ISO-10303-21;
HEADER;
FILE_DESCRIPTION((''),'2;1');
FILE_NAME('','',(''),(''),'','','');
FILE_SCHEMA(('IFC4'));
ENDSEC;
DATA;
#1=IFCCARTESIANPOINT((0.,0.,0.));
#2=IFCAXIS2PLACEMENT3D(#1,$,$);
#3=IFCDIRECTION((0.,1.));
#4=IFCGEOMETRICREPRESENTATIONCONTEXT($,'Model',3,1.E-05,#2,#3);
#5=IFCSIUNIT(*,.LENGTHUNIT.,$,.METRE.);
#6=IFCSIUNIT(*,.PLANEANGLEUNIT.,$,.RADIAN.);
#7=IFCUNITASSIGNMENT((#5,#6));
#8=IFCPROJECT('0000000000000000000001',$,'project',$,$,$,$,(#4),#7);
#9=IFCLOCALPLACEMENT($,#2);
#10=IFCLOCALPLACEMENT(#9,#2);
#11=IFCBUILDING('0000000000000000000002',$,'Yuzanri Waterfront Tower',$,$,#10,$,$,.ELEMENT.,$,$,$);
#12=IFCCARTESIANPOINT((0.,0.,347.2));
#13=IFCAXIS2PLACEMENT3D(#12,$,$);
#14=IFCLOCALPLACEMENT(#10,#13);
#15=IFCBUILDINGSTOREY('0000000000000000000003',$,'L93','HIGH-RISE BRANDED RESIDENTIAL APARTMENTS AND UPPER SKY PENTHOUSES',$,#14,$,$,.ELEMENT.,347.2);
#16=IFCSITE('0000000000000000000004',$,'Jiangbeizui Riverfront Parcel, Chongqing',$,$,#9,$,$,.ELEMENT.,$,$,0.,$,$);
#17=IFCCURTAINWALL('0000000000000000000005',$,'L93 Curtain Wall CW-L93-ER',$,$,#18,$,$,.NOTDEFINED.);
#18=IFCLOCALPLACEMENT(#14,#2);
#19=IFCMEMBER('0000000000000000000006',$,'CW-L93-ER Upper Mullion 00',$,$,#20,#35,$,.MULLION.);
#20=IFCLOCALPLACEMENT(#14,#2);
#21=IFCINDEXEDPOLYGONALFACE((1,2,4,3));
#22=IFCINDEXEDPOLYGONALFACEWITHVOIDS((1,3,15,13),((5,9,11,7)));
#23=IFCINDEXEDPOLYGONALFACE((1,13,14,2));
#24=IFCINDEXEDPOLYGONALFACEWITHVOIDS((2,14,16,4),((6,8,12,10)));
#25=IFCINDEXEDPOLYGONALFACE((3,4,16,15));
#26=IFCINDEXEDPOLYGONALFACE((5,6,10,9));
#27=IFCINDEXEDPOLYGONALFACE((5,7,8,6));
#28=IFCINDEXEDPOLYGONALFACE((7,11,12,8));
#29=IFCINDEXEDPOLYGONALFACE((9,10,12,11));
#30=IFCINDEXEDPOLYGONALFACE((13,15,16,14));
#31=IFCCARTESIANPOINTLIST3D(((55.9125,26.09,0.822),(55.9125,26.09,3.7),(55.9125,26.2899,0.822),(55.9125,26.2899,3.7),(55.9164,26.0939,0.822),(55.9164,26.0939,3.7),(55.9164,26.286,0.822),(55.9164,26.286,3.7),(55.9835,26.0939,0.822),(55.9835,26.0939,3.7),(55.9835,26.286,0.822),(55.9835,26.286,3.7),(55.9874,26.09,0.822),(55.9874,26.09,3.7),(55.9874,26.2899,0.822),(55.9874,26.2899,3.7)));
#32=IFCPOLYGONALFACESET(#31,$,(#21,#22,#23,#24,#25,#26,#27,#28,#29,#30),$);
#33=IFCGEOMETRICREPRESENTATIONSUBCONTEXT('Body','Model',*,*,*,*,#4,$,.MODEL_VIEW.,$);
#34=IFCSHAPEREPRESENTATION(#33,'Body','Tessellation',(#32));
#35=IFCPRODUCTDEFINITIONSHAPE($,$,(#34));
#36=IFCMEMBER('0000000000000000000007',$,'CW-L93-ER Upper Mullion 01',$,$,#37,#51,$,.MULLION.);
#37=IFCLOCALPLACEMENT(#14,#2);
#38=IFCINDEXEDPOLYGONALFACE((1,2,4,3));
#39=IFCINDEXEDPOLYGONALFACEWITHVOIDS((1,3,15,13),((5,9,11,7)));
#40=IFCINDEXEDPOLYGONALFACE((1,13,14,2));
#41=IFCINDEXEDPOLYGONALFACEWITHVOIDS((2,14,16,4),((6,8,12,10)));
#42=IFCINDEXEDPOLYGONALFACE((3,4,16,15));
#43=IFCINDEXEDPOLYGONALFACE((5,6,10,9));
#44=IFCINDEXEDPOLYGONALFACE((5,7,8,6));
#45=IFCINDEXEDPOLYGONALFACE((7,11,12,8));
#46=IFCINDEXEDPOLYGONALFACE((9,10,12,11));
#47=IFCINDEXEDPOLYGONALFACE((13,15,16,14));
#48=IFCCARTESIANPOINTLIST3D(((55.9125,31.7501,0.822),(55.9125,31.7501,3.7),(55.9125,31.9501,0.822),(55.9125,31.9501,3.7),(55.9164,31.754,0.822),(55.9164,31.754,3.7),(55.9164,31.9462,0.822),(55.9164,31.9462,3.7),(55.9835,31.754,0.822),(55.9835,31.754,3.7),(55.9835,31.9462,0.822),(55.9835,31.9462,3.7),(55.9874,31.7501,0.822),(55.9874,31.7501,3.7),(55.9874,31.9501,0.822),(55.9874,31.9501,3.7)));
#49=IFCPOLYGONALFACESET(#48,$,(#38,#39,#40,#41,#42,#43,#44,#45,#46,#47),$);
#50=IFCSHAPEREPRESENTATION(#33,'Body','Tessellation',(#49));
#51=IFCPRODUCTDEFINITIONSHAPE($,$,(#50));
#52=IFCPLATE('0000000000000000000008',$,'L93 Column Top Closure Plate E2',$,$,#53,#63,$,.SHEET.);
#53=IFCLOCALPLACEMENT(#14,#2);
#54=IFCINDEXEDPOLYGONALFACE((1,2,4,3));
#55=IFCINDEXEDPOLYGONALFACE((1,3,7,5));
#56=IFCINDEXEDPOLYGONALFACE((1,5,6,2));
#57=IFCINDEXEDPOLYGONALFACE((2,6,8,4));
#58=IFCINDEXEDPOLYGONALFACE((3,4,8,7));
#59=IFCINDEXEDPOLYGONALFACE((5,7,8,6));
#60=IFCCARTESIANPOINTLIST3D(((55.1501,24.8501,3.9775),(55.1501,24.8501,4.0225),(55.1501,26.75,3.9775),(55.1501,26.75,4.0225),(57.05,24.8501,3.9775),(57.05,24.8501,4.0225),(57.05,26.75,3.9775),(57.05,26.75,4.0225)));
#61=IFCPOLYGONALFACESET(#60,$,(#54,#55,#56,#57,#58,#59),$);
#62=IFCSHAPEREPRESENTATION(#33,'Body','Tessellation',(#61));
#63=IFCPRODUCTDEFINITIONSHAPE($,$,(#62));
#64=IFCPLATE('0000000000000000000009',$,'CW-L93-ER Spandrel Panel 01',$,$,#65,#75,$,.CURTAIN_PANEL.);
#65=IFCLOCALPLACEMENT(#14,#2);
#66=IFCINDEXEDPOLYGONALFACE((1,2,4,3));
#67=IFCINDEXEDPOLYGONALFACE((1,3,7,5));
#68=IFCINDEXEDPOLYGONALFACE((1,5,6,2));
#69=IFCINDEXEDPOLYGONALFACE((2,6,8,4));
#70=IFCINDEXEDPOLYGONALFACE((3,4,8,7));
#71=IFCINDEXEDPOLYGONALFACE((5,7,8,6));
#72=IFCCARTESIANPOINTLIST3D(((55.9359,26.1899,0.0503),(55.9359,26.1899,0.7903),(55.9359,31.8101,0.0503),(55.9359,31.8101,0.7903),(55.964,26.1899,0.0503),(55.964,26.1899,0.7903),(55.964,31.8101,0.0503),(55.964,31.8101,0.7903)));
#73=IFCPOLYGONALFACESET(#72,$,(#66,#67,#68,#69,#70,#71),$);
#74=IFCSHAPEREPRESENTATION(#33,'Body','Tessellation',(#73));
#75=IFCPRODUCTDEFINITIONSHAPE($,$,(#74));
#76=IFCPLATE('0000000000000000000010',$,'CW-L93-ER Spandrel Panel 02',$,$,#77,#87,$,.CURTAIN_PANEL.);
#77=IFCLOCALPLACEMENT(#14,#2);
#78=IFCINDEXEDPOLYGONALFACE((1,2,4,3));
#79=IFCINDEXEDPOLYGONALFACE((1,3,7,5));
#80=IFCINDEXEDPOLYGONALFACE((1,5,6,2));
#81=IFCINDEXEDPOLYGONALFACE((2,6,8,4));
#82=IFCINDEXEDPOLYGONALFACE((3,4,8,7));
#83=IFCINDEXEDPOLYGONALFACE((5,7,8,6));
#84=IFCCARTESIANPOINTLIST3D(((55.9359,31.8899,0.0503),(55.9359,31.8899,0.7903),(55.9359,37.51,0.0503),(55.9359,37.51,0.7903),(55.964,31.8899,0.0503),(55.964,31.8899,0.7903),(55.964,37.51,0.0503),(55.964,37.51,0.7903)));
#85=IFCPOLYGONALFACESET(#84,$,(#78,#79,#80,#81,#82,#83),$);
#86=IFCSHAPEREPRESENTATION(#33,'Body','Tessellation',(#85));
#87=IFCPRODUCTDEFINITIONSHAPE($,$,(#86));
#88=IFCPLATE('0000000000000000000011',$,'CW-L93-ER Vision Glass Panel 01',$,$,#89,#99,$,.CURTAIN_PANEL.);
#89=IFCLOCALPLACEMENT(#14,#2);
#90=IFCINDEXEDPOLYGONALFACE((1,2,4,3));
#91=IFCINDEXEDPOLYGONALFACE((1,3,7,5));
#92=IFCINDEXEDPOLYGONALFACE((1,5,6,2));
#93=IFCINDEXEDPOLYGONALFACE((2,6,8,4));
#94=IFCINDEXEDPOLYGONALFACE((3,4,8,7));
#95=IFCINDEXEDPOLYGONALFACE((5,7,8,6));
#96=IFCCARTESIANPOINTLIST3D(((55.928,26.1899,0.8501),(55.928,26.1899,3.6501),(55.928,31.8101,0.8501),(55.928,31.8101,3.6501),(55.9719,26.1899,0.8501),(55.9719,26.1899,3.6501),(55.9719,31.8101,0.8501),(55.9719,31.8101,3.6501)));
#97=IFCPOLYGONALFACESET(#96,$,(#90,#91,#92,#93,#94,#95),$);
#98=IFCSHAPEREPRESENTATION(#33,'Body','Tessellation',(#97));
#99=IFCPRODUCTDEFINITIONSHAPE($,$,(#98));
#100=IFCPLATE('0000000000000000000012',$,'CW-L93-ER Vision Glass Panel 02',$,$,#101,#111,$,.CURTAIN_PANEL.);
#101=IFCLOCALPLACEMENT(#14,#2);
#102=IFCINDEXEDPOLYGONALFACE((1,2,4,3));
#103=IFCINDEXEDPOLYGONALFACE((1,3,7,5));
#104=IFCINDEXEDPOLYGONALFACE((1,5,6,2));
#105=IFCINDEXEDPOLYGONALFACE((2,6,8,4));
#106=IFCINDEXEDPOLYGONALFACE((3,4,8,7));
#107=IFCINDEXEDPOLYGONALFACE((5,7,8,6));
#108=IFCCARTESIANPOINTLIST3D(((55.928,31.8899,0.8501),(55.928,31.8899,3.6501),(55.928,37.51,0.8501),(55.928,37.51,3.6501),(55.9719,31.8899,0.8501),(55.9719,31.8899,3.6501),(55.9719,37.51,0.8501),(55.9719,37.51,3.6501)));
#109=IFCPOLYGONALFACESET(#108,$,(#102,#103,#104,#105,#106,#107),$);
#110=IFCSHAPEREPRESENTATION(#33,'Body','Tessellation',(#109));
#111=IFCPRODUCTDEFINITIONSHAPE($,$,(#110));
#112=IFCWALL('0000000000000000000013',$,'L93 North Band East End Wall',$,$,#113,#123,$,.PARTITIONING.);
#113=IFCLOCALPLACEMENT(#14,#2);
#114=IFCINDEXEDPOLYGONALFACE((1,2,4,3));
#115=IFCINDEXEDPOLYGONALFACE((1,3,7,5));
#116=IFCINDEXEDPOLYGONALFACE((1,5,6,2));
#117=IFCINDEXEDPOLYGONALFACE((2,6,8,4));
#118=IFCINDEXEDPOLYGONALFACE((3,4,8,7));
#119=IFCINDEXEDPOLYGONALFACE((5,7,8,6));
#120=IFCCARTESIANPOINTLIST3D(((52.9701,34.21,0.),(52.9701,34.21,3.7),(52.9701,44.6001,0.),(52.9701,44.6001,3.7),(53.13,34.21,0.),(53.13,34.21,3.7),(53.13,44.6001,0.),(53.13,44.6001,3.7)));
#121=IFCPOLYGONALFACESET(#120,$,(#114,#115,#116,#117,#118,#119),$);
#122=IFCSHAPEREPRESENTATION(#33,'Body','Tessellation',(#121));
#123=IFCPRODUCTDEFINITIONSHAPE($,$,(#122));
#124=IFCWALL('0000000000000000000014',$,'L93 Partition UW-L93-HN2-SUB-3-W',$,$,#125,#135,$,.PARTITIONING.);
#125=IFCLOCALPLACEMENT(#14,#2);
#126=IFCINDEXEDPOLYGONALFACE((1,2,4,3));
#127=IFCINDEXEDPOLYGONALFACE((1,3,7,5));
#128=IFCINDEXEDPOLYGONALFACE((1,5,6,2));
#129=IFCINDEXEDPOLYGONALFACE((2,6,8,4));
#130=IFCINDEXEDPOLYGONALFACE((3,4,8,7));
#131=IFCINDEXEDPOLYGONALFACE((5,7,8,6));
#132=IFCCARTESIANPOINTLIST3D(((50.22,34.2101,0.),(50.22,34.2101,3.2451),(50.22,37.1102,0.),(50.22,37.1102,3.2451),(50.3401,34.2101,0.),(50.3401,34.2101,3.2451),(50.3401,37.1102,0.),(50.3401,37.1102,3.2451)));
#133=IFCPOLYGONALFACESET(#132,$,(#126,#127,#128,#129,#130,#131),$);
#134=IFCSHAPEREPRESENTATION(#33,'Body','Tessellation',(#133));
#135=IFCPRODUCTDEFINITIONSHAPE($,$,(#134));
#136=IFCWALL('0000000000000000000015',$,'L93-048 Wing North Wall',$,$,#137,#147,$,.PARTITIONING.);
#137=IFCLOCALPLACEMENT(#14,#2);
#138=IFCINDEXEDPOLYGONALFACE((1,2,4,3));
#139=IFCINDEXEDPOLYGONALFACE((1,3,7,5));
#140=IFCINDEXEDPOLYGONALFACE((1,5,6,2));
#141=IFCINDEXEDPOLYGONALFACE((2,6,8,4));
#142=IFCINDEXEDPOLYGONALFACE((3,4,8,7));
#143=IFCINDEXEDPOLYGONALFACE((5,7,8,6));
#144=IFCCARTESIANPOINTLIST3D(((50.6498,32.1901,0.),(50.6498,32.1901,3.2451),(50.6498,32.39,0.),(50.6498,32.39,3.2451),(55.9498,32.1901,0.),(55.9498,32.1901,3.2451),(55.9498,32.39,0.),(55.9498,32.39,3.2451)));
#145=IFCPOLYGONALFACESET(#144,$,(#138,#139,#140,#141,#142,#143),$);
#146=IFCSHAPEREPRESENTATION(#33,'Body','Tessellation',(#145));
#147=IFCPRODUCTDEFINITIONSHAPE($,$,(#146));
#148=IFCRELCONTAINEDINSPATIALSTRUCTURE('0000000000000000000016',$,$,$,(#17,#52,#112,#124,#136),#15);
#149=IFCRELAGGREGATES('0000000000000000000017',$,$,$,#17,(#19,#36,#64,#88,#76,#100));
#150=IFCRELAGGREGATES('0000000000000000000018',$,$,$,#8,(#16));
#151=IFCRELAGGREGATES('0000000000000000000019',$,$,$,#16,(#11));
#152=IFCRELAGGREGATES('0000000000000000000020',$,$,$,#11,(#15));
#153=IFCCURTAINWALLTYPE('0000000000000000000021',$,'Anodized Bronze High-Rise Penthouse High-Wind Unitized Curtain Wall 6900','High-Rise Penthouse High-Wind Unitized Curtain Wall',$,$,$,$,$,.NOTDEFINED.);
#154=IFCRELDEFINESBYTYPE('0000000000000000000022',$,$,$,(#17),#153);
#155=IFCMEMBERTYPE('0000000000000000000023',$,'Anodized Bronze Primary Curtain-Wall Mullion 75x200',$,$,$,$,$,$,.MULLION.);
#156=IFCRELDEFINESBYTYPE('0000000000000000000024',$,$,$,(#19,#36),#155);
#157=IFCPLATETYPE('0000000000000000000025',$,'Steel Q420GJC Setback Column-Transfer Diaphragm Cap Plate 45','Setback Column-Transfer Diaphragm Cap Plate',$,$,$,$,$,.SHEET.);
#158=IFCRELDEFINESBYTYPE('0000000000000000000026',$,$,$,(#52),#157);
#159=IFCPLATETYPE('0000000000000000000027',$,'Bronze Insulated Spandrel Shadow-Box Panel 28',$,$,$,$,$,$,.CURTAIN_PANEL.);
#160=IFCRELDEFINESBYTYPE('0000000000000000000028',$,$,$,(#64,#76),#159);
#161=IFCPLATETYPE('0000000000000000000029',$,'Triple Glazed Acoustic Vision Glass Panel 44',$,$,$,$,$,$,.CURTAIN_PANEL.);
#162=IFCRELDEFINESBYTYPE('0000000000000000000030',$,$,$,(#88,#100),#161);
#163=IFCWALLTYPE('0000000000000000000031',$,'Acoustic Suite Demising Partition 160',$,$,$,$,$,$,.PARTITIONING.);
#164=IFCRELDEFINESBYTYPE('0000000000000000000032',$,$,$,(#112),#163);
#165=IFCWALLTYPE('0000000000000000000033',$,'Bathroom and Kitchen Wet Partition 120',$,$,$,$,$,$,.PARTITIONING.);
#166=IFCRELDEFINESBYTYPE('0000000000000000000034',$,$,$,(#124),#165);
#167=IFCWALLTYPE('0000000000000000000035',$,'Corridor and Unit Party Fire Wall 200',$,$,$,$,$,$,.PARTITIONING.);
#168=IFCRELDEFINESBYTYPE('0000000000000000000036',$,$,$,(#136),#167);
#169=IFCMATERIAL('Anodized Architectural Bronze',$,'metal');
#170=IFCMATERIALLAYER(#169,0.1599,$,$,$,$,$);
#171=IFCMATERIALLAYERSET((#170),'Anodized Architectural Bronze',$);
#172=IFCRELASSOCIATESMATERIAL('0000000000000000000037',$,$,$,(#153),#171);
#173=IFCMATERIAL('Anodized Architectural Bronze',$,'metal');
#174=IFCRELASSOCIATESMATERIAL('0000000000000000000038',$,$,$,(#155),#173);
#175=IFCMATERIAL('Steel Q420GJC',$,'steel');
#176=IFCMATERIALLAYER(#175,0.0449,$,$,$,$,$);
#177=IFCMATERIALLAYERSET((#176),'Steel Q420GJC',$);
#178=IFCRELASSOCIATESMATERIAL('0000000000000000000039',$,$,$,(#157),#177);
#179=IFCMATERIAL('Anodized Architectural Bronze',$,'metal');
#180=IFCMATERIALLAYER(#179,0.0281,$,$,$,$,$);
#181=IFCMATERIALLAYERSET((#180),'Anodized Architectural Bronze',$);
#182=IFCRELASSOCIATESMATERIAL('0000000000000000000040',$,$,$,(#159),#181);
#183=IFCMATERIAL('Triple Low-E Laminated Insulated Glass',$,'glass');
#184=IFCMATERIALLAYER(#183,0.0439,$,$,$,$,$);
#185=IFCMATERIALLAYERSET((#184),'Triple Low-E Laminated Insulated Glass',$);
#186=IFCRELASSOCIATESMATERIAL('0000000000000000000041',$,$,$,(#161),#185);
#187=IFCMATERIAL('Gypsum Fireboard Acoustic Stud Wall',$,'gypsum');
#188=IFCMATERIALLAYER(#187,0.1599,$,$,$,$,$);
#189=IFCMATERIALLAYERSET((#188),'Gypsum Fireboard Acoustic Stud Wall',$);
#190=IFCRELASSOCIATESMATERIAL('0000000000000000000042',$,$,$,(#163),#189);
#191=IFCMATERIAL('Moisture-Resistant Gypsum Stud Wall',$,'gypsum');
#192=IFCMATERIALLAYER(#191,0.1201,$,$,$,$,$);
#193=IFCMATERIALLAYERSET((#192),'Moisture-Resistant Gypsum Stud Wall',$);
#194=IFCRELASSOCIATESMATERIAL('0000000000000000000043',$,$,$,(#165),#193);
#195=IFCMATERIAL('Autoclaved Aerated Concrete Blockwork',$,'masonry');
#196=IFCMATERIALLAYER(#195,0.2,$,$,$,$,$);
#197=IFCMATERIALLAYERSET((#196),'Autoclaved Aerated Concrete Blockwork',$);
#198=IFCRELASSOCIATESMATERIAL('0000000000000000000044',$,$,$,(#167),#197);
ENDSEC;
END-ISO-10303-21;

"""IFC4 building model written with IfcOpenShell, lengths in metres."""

from ifc_helpers import new_model, si_unit, direction, frame, frame_2d, origin, origin_2d, place, context, subcontext, project, spatial, rectangle, hollow_rectangle, extrude, source, transform, mapped, material, layer, layer_set, material_profile, profile_set, type_object, element, aggregate, save


model = new_model("IFC4")

# Units and contexts
model_context = context("Model", 3, precision=1e-05, world=origin(), true_north=direction((0.0, 1.0)))
body_context = subcontext(model_context, "Body", "Model", "MODEL_VIEW")
ifc_project = project(units=[si_unit("LENGTHUNIT", "METRE"), si_unit("PLANEANGLEUNIT", "RADIAN")], contexts=[model_context])

# Site, building, storey
site_placement = place(None, origin())
site = spatial("IfcSite", under=ifc_project, at=site_placement, Name="Jiangbeizui Riverfront Parcel, Chongqing", CompositionType="ELEMENT", RefElevation=0.0)
building_placement = place(site_placement, origin())
building = spatial("IfcBuilding", under=site, at=building_placement, Name="Yuzanri Waterfront Tower", CompositionType="ELEMENT")
storey_placement = place(building_placement, frame((0.0, 0.0, 347.2)))
storey = spatial("IfcBuildingStorey", under=building, at=storey_placement, Name="L93", Description="HIGH-RISE BRANDED RESIDENTIAL APARTMENTS AND UPPER SKY PENTHOUSES", CompositionType="ELEMENT", Elevation=347.2)

# Curtain wall
ifc_material_1 = material(Name="Anodized Architectural Bronze", Category="metal")
ifc_layer_1 = layer(ifc_material_1, 0.1599)
ifc_layer_set_1 = layer_set([ifc_layer_1], Name="Anodized Architectural Bronze")
curtain_wall_type = type_object("IfcCurtainWallType", Name="Anodized Bronze High-Rise Penthouse High-Wind Unitized Curtain Wall 6900", Description="High-Rise Penthouse High-Wind Unitized Curtain Wall", PredefinedType="NOTDEFINED", material=ifc_layer_set_1)
curtain_wall_1_placement = place(storey_placement, origin())
curtain_wall_1 = element("IfcCurtainWall", 1, at=curtain_wall_1_placement, inside=storey, type_object=curtain_wall_type, Name="L93 Curtain Wall CW-L93-ER", PredefinedType="NOTDEFINED")
ifc_material_2 = material(Name="Anodized Architectural Bronze", Category="metal")
ifc_material_profile_1 = material_profile(ifc_material_2, hollow_rectangle(XDim=0.075, YDim=0.2, WallThickness=0.0039, at=origin_2d()), Name="CWM 75x200")
ifc_profile_set_1 = profile_set([ifc_material_profile_1], Name="Anodized Architectural Bronze")
member_type_1 = type_object("IfcMemberType", Name="Anodized Bronze Primary Curtain-Wall Mullion 75x200", PredefinedType="MULLION", material=ifc_profile_set_1)

# Shared definitions
shared_shape_1 = source(origin(), body_context, "Body", "SweptSolid", [
    extrude(hollow_rectangle(XDim=0.075, YDim=0.2, WallThickness=0.0039, at=origin_2d()), origin(), (0.0, 0.0, 1.0), 2.8779),
])

# Members
member_1_placement = place(storey_placement, frame((55.95, 26.1899, 0.822), z_axis=(0.0, 0.0, 1.0), x_axis=(1.0, 0.0, 0.0)))
member_1 = element("IfcMember", 2, at=member_1_placement, type_object=member_type_1, Name="CW-L93-ER Upper Mullion 00", PredefinedType="MULLION", context=body_context, shape_type="MappedRepresentation", body=[
    mapped(shared_shape_1, transform((0.0, 0.0, 0.0), scale=1.0)),
])
member_2_placement = place(storey_placement, frame((55.95, 31.8501, 0.822), z_axis=(0.0, 0.0, 1.0), x_axis=(1.0, 0.0, 0.0)))
member_2 = element("IfcMember", 3, at=member_2_placement, type_object=member_type_1, Name="CW-L93-ER Upper Mullion 01", PredefinedType="MULLION", context=body_context, shape_type="MappedRepresentation", body=[
    mapped(shared_shape_1, transform((0.0, 0.0, 0.0), scale=1.0)),
])

# Plates
ifc_material_3 = material(Name="Steel Q420GJC", Category="steel")
ifc_layer_2 = layer(ifc_material_3, 0.0449)
ifc_layer_set_2 = layer_set([ifc_layer_2], Name="Steel Q420GJC")
plate_type_1 = type_object("IfcPlateType", Name="Steel Q420GJC Setback Column-Transfer Diaphragm Cap Plate 45", Description="Setback Column-Transfer Diaphragm Cap Plate", PredefinedType="SHEET", material=ifc_layer_set_2)
shared_shape_2 = source(origin(), body_context, "Body", "SweptSolid", [
    extrude(rectangle(XDim=1.8999, YDim=1.8999, at=origin_2d()), origin(), (0.0, 0.0, 1.0), 0.0449),
])
plate_1_placement = place(storey_placement, frame((56.1001, 25.8, 3.9775), z_axis=(0.0, 0.0, 1.0), x_axis=(1.0, 0.0, 0.0)))
element("IfcPlate", 4, at=plate_1_placement, inside=storey, type_object=plate_type_1, Name="L93 Column Top Closure Plate E2", PredefinedType="SHEET", context=body_context, shape_type="MappedRepresentation", body=[
    mapped(shared_shape_2, transform((0.0, 0.0, 0.0), scale=1.0)),
])
ifc_material_4 = material(Name="Anodized Architectural Bronze", Category="metal")
ifc_layer_3 = layer(ifc_material_4, 0.0281)
ifc_layer_set_3 = layer_set([ifc_layer_3], Name="Anodized Architectural Bronze")
plate_type_2 = type_object("IfcPlateType", Name="Bronze Insulated Spandrel Shadow-Box Panel 28", PredefinedType="CURTAIN_PANEL", material=ifc_layer_set_3)
shared_shape_3 = source(origin(), body_context, "Body", "SweptSolid", [
    extrude(rectangle(XDim=5.6201, YDim=0.0281, at=origin_2d()), origin(), (0.0, 0.0, 1.0), 0.74),
])
plate_2_placement = place(storey_placement, frame((55.95, 29.0, 0.0503), z_axis=(0.0, 0.0, 1.0), x_axis=(0.0, 1.0, 0.0)))
plate_2 = element("IfcPlate", 5, at=plate_2_placement, type_object=plate_type_2, Name="CW-L93-ER Spandrel Panel 01", PredefinedType="CURTAIN_PANEL", context=body_context, shape_type="MappedRepresentation", body=[
    mapped(shared_shape_3, transform((0.0, 0.0, 0.0), scale=1.0)),
])
plate_3_placement = place(storey_placement, frame((55.95, 34.7, 0.0503), z_axis=(0.0, 0.0, 1.0), x_axis=(0.0, 1.0, 0.0)))
plate_3 = element("IfcPlate", 6, at=plate_3_placement, type_object=plate_type_2, Name="CW-L93-ER Spandrel Panel 02", PredefinedType="CURTAIN_PANEL", context=body_context, shape_type="MappedRepresentation", body=[
    mapped(shared_shape_3, transform((0.0, 0.0, 0.0), scale=1.0)),
])
ifc_material_5 = material(Name="Triple Low-E Laminated Insulated Glass", Category="glass")
ifc_layer_4 = layer(ifc_material_5, 0.0439)
ifc_layer_set_4 = layer_set([ifc_layer_4], Name="Triple Low-E Laminated Insulated Glass")
plate_type_3 = type_object("IfcPlateType", Name="Triple Glazed Acoustic Vision Glass Panel 44", PredefinedType="CURTAIN_PANEL", material=ifc_layer_set_4)
shared_shape_4 = source(origin(), body_context, "Body", "SweptSolid", [
    extrude(rectangle(XDim=5.6201, YDim=0.0439, at=origin_2d()), origin(), (0.0, 0.0, 1.0), 2.8),
])
plate_4_placement = place(storey_placement, frame((55.95, 29.0, 0.8501), z_axis=(0.0, 0.0, 1.0), x_axis=(0.0, 1.0, 0.0)))
plate_4 = element("IfcPlate", 7, at=plate_4_placement, type_object=plate_type_3, Name="CW-L93-ER Vision Glass Panel 01", PredefinedType="CURTAIN_PANEL", context=body_context, shape_type="MappedRepresentation", body=[
    mapped(shared_shape_4, transform((0.0, 0.0, 0.0), scale=1.0)),
])
plate_5_placement = place(storey_placement, frame((55.95, 34.7, 0.8501), z_axis=(0.0, 0.0, 1.0), x_axis=(0.0, 1.0, 0.0)))
plate_5 = element("IfcPlate", 8, at=plate_5_placement, type_object=plate_type_3, Name="CW-L93-ER Vision Glass Panel 02", PredefinedType="CURTAIN_PANEL", context=body_context, shape_type="MappedRepresentation", body=[
    mapped(shared_shape_4, transform((0.0, 0.0, 0.0), scale=1.0)),
])
aggregate(curtain_wall_1, [member_1, member_2, plate_2, plate_4, plate_3, plate_5])

# Walls
ifc_material_6 = material(Name="Gypsum Fireboard Acoustic Stud Wall", Category="gypsum")
ifc_layer_5 = layer(ifc_material_6, 0.1599)
ifc_layer_set_5 = layer_set([ifc_layer_5], Name="Gypsum Fireboard Acoustic Stud Wall")
wall_type_1 = type_object("IfcWallType", Name="Acoustic Suite Demising Partition 160", PredefinedType="PARTITIONING", material=ifc_layer_set_5)
shared_shape_5 = source(origin(), body_context, "Body", "SweptSolid", [
    extrude(rectangle(XDim=10.3901, YDim=0.1599, at=frame_2d((5.1951, 0.0))), origin(), (0.0, 0.0, 1.0), 3.7),
])
wall_1_placement = place(storey_placement, frame((53.05, 34.21, 0.0), z_axis=(0.0, 0.0, 1.0), x_axis=(0.0, 1.0, 0.0)))
element("IfcWall", 9, at=wall_1_placement, inside=storey, type_object=wall_type_1, Name="L93 North Band East End Wall", PredefinedType="PARTITIONING", context=body_context, shape_type="MappedRepresentation", body=[
    mapped(shared_shape_5, transform((0.0, 0.0, 0.0), scale=1.0)),
])
ifc_material_7 = material(Name="Moisture-Resistant Gypsum Stud Wall", Category="gypsum")
ifc_layer_6 = layer(ifc_material_7, 0.1201)
ifc_layer_set_6 = layer_set([ifc_layer_6], Name="Moisture-Resistant Gypsum Stud Wall")
wall_type_2 = type_object("IfcWallType", Name="Bathroom and Kitchen Wet Partition 120", PredefinedType="PARTITIONING", material=ifc_layer_set_6)
shared_shape_6 = source(origin(), body_context, "Body", "SweptSolid", [
    extrude(rectangle(XDim=2.9001, YDim=0.1201, at=frame_2d((1.4502, 0.0))), origin(), (0.0, 0.0, 1.0), 3.2451),
])
wall_2_placement = place(storey_placement, frame((50.28, 34.21, 0.0), z_axis=(0.0, 0.0, 1.0), x_axis=(0.0, 1.0, 0.0)))
element("IfcWall", 10, at=wall_2_placement, inside=storey, type_object=wall_type_2, Name="L93 Partition UW-L93-HN2-SUB-3-W", PredefinedType="PARTITIONING", context=body_context, shape_type="MappedRepresentation", body=[
    mapped(shared_shape_6, transform((0.0, 0.0, 0.0), scale=1.0)),
])
ifc_material_8 = material(Name="Autoclaved Aerated Concrete Blockwork", Category="masonry")
ifc_layer_7 = layer(ifc_material_8, 0.2)
ifc_layer_set_7 = layer_set([ifc_layer_7], Name="Autoclaved Aerated Concrete Blockwork")
wall_type_3 = type_object("IfcWallType", Name="Corridor and Unit Party Fire Wall 200", PredefinedType="PARTITIONING", material=ifc_layer_set_7)
shared_shape_7 = source(origin(), body_context, "Body", "SweptSolid", [
    extrude(rectangle(XDim=5.3, YDim=0.2, at=frame_2d((2.6499, 0.0))), origin(), (0.0, 0.0, 1.0), 3.2451),
])
wall_3_placement = place(storey_placement, frame((50.6499, 32.29, 0.0), z_axis=(0.0, 0.0, 1.0), x_axis=(1.0, 0.0, 0.0)))
element("IfcWall", 11, at=wall_3_placement, inside=storey, type_object=wall_type_3, Name="L93-048 Wing North Wall", PredefinedType="PARTITIONING", context=body_context, shape_type="MappedRepresentation", body=[
    mapped(shared_shape_7, transform((0.0, 0.0, 0.0), scale=1.0)),
])

save(model, "model.ifc")
